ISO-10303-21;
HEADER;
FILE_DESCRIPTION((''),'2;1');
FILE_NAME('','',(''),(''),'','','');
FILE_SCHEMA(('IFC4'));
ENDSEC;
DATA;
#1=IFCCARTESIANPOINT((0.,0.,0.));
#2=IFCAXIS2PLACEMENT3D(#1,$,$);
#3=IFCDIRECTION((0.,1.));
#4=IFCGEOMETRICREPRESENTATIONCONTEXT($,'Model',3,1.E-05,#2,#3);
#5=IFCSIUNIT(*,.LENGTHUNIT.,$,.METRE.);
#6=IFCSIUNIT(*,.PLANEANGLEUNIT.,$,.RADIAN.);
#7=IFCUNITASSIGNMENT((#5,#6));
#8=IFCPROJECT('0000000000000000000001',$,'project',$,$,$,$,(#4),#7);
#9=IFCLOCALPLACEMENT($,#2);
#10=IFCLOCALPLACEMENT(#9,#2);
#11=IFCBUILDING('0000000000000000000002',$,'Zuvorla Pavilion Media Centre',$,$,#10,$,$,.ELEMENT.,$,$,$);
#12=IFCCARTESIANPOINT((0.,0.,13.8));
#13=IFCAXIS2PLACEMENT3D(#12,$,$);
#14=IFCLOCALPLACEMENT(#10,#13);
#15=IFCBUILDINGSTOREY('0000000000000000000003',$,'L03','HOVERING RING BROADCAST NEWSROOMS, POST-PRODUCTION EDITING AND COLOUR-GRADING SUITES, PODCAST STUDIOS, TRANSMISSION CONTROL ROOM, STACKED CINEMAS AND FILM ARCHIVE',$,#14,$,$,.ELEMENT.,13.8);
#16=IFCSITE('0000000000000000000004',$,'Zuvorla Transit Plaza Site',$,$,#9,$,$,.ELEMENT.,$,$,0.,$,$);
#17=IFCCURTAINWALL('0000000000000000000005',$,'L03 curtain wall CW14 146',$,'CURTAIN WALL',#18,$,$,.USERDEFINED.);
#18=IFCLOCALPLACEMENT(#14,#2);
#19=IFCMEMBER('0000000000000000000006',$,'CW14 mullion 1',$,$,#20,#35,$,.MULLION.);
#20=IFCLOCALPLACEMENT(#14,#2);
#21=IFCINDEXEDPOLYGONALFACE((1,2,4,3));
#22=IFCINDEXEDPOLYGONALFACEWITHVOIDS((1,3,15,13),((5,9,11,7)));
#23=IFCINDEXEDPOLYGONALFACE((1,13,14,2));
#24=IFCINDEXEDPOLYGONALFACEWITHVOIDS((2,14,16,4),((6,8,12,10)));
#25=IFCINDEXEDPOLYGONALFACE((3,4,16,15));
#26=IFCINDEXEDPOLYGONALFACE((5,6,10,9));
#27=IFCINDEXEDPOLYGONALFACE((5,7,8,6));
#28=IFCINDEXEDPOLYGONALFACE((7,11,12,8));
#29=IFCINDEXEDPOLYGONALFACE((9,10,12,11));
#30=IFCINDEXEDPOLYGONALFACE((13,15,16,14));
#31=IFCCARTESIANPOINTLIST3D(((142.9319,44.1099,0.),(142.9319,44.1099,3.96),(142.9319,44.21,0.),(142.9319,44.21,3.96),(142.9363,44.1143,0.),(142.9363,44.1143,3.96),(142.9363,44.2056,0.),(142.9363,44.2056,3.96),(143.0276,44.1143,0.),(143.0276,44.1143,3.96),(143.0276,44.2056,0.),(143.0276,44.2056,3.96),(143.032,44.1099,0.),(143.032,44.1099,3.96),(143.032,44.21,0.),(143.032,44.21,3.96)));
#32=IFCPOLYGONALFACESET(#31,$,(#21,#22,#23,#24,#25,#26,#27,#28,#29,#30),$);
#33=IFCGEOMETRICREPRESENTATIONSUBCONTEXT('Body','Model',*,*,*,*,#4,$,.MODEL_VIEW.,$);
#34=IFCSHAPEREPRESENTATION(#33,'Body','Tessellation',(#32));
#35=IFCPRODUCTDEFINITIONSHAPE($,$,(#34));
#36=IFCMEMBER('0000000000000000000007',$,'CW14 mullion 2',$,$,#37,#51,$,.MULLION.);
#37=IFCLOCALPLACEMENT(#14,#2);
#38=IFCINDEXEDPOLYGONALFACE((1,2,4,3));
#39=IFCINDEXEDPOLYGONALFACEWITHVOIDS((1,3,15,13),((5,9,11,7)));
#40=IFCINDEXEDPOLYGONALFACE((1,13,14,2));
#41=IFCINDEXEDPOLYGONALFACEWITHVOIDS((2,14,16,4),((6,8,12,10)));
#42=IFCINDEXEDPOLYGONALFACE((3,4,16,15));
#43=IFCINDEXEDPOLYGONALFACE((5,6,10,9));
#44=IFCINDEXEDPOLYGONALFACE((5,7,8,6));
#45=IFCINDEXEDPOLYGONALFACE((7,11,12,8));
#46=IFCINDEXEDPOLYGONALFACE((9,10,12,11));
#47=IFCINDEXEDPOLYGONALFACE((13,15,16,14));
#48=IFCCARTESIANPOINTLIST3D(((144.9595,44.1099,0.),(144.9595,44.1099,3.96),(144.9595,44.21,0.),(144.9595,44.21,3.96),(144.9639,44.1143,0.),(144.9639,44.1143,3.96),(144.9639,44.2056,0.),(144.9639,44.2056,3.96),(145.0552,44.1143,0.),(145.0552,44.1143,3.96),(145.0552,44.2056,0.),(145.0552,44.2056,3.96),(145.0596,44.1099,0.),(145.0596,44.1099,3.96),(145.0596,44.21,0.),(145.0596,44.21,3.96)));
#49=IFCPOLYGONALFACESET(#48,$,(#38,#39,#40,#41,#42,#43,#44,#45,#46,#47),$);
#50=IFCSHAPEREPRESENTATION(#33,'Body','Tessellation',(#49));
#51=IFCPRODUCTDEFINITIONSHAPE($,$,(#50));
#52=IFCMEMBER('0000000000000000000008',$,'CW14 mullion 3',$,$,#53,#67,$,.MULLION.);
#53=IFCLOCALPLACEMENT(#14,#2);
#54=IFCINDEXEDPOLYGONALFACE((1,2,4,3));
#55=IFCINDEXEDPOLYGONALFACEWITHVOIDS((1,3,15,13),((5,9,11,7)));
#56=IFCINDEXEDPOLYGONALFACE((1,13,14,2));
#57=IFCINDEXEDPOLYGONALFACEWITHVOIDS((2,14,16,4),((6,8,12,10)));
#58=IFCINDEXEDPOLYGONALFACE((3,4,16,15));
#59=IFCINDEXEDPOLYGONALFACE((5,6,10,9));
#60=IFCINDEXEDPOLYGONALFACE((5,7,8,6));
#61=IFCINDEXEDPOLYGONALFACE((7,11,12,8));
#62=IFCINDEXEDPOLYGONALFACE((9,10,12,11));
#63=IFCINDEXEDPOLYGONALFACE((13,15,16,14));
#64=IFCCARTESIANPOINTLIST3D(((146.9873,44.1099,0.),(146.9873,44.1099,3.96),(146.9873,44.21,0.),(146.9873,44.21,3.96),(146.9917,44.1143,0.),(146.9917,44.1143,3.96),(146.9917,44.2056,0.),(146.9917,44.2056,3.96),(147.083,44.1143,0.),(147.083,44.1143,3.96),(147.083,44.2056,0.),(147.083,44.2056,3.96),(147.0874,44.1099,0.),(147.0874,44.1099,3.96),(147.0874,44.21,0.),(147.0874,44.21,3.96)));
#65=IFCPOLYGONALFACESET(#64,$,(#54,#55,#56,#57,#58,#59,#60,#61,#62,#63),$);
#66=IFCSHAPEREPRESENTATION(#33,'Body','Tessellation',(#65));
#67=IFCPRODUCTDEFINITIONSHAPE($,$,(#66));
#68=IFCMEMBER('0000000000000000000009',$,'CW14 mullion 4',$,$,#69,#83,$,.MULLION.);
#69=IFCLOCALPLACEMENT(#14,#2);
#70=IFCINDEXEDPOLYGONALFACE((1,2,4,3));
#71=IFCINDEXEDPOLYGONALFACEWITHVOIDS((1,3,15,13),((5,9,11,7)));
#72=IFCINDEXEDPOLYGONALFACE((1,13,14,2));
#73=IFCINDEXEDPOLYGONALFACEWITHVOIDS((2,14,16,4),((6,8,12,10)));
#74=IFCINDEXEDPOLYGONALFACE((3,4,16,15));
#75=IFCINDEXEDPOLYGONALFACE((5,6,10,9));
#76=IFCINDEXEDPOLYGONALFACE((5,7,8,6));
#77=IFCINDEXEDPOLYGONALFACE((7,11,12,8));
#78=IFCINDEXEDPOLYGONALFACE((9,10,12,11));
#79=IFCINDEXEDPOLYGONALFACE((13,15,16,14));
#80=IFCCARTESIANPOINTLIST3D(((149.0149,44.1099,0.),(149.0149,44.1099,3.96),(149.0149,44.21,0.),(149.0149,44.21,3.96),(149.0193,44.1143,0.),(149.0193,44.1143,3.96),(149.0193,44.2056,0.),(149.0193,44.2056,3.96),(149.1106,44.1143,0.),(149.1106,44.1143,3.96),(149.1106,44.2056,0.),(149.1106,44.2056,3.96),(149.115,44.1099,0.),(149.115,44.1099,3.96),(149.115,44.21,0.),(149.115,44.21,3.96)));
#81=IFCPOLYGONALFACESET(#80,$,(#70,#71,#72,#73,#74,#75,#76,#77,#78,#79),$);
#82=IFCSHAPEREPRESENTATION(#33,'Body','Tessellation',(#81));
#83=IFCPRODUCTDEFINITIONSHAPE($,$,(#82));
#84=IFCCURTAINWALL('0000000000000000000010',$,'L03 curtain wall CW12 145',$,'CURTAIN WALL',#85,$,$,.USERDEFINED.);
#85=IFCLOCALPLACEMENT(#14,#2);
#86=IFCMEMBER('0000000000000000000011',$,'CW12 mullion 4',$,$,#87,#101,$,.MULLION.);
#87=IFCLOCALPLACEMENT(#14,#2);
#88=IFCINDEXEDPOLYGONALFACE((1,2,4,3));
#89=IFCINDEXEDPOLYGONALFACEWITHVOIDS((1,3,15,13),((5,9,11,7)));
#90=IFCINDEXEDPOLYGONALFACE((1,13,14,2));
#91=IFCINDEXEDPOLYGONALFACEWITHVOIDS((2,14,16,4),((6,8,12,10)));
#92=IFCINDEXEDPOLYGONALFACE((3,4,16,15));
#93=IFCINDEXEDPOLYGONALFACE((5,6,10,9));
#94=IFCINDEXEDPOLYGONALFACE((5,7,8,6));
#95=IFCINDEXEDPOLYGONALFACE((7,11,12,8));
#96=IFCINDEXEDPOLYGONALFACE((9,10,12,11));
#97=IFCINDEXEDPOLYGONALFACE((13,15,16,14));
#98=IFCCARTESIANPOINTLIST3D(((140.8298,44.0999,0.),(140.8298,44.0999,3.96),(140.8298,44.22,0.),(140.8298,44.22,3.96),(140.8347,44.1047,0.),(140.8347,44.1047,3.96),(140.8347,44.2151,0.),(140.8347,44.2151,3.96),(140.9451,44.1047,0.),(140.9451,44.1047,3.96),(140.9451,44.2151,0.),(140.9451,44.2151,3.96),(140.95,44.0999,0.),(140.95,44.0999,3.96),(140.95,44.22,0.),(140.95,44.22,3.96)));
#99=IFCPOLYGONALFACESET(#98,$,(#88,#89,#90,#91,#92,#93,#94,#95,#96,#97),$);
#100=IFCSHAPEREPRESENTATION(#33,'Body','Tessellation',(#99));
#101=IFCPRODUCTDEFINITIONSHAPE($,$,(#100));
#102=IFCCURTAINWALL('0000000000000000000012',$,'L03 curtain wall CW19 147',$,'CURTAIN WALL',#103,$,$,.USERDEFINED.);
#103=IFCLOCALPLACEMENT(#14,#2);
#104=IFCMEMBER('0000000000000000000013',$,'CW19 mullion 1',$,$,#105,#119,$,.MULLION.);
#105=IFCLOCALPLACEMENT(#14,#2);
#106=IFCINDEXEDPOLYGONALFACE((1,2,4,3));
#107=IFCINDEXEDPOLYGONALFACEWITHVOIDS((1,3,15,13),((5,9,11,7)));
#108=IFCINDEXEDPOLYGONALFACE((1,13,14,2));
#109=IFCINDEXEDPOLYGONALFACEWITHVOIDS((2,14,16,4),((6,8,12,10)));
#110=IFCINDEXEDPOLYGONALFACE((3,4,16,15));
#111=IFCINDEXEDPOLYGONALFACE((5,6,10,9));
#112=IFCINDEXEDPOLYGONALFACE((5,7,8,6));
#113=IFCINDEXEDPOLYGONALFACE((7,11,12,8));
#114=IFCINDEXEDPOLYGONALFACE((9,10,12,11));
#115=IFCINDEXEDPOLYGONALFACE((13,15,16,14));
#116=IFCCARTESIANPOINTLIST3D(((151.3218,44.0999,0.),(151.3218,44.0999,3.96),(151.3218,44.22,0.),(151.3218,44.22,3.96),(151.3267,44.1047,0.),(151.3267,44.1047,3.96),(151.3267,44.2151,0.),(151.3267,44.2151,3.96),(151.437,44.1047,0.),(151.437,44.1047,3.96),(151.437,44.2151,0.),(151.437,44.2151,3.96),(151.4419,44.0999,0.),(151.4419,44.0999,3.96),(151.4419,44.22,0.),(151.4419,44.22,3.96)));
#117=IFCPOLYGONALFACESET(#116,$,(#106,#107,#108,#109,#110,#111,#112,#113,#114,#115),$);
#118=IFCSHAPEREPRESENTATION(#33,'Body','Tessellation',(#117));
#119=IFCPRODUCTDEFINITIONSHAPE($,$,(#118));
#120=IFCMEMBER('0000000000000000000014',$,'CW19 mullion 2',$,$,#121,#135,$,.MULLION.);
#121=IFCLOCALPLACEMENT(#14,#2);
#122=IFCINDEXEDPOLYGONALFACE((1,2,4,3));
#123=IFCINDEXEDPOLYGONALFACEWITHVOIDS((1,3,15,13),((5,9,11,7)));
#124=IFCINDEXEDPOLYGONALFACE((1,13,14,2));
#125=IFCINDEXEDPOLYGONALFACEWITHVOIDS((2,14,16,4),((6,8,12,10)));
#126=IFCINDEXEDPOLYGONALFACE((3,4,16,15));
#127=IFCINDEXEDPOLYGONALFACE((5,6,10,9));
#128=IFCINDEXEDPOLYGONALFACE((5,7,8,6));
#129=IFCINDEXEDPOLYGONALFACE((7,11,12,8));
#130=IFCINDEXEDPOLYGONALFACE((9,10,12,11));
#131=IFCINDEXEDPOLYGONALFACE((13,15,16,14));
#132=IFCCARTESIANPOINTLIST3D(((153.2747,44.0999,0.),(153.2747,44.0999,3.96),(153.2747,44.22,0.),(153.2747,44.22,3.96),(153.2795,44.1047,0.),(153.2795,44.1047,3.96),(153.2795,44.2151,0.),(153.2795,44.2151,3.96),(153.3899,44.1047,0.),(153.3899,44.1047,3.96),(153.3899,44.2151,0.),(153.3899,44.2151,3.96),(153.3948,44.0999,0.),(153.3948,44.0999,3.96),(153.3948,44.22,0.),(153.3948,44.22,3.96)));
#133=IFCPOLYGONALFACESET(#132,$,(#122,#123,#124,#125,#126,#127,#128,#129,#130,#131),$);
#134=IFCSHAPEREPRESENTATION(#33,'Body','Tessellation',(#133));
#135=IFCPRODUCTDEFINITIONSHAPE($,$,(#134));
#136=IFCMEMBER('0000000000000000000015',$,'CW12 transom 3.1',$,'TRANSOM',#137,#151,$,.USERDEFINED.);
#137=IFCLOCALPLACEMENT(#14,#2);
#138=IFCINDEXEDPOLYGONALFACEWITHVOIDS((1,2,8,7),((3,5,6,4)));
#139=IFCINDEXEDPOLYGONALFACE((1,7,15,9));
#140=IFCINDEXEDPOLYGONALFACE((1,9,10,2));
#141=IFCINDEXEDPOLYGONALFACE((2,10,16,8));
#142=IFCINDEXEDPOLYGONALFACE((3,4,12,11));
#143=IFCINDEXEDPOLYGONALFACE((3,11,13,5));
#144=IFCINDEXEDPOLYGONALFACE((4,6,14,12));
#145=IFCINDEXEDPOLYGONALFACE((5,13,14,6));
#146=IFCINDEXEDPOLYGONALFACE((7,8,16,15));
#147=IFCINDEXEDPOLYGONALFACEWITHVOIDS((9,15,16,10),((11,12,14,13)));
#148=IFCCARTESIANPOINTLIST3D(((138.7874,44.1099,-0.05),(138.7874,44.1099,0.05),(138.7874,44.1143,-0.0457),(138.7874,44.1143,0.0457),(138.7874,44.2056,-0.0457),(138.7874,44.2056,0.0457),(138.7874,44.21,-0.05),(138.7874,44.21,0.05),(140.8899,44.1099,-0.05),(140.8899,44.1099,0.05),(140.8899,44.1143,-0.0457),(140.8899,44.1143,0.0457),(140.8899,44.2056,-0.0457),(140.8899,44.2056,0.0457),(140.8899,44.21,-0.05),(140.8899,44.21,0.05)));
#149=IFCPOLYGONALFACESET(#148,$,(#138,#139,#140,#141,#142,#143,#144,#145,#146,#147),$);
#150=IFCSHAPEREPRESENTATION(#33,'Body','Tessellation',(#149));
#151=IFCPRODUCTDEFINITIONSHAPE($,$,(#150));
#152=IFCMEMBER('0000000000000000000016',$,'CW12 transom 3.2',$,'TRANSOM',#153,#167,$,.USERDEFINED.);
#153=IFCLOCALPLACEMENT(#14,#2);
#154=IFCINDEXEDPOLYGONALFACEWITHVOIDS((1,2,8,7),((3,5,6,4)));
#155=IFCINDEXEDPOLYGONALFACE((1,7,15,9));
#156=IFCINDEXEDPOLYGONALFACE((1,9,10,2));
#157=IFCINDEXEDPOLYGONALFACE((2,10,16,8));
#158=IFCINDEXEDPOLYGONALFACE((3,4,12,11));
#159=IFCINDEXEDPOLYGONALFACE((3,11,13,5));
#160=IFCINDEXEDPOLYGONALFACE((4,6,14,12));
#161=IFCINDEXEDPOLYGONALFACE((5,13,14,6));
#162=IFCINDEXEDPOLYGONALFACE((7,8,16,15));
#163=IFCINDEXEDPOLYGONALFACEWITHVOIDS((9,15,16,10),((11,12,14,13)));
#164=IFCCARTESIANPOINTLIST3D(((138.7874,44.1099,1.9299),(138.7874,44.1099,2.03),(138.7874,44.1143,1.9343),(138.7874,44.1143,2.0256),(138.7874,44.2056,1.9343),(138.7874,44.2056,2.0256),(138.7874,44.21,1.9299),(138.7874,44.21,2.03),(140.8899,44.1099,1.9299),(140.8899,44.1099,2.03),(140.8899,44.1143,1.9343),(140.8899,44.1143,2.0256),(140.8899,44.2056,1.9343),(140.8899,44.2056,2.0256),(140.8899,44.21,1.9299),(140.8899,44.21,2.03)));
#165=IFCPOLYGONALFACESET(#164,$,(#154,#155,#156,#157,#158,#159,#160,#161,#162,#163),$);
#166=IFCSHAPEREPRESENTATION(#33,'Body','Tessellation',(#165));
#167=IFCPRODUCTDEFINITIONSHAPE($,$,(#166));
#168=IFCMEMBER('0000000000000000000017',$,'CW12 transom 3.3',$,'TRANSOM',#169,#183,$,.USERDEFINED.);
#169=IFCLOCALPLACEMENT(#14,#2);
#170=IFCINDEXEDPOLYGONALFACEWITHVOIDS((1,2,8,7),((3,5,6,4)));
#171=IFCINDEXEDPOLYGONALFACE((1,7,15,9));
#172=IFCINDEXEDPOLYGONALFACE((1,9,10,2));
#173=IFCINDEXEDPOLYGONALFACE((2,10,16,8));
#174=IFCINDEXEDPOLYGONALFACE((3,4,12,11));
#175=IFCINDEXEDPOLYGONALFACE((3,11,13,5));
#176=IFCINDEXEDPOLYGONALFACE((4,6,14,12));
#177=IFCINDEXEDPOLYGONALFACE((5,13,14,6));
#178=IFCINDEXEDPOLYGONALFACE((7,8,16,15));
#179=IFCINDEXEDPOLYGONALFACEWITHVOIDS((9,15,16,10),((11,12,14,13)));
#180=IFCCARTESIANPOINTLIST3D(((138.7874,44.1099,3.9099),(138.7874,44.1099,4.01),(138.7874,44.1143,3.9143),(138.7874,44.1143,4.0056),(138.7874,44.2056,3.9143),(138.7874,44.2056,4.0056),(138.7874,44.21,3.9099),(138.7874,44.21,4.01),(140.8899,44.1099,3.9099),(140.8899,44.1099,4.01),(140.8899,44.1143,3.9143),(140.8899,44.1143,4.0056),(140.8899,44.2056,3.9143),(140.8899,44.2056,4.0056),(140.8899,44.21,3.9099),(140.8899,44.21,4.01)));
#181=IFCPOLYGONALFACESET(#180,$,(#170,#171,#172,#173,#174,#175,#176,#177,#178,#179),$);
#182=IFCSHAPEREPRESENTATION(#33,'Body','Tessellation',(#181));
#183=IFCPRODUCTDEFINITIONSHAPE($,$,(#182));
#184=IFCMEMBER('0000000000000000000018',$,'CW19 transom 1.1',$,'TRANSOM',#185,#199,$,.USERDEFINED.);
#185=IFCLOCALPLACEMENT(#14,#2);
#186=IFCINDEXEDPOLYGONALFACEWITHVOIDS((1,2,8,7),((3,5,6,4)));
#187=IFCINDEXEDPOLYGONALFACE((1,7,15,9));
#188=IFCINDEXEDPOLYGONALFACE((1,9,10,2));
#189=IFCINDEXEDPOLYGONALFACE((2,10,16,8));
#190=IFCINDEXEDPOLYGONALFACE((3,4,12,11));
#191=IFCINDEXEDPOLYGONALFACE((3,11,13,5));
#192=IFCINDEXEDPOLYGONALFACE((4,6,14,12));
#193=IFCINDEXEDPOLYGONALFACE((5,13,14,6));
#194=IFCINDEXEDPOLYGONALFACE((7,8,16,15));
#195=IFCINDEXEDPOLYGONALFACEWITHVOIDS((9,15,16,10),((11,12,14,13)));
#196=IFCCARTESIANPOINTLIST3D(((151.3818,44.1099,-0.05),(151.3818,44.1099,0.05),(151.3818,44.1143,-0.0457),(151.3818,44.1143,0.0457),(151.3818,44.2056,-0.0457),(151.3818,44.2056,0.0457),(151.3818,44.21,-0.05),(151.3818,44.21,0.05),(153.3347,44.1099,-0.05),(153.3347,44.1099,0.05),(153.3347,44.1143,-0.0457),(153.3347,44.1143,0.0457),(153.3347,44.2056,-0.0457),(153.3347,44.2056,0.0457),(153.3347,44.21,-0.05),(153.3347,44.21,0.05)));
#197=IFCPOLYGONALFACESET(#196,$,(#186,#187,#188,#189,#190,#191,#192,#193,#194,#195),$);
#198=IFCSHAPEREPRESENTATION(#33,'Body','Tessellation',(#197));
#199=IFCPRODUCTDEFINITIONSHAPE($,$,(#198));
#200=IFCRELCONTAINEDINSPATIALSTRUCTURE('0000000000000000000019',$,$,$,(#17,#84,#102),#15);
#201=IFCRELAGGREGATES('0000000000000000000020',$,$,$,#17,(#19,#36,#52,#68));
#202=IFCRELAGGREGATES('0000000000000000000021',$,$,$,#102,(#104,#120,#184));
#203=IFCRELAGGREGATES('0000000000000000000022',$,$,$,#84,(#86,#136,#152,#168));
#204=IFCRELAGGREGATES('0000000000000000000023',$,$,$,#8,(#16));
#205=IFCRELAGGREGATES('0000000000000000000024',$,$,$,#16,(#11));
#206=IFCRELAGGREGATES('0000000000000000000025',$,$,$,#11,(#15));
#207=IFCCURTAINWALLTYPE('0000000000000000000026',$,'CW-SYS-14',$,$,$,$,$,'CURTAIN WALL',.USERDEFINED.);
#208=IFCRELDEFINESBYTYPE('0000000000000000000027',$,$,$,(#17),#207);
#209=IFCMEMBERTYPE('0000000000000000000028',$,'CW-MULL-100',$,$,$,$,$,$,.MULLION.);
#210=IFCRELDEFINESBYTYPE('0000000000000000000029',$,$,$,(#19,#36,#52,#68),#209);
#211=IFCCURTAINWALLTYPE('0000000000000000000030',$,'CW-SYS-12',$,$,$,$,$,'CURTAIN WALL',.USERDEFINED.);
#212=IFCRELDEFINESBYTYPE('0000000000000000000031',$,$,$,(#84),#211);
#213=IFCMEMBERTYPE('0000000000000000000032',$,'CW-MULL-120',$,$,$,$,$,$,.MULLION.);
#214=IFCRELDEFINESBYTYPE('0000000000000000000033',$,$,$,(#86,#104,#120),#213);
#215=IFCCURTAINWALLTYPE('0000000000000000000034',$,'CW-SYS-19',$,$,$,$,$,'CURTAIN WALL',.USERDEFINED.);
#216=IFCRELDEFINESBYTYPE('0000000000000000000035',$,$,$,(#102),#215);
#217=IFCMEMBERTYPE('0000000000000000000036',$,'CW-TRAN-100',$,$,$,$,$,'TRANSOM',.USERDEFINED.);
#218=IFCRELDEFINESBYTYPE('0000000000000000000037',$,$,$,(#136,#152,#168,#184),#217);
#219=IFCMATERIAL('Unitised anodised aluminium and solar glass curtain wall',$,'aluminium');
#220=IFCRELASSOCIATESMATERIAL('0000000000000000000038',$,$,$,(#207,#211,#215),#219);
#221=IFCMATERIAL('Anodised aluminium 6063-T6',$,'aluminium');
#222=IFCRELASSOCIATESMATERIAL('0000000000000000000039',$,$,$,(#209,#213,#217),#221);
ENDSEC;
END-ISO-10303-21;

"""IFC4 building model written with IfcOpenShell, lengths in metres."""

from ifc_helpers import new_model, si_unit, direction, frame, origin, origin_2d, place, context, subcontext, project, spatial, hollow_rectangle, extrude, material, material_profile, profile_set, type_object, element, aggregate, save


model = new_model("IFC4")

# Units and contexts
model_context = context("Model", 3, precision=1e-05, world=origin(), true_north=direction((0.0, 1.0)))
body_context = subcontext(model_context, "Body", "Model", "MODEL_VIEW")
ifc_project = project(units=[si_unit("LENGTHUNIT", "METRE"), si_unit("PLANEANGLEUNIT", "RADIAN")], contexts=[model_context])

# Site, building, storey
site_placement = place(None, origin())
site = spatial("IfcSite", under=ifc_project, at=site_placement, Name="Zuvorla Transit Plaza Site", CompositionType="ELEMENT", RefElevation=0.0)
building_placement = place(site_placement, origin())
building = spatial("IfcBuilding", under=site, at=building_placement, Name="Zuvorla Pavilion Media Centre", CompositionType="ELEMENT")
storey_placement = place(building_placement, frame((0.0, 0.0, 13.8)))
storey = spatial("IfcBuildingStorey", under=building, at=storey_placement, Name="L03", Description="HOVERING RING BROADCAST NEWSROOMS, POST-PRODUCTION EDITING AND COLOUR-GRADING SUITES, PODCAST STUDIOS, TRANSMISSION CONTROL ROOM, STACKED CINEMAS AND FILM ARCHIVE", CompositionType="ELEMENT", Elevation=13.8)

# Curtain wall, members
ifc_material_1 = material(Name="Unitised anodised aluminium and solar glass curtain wall", Category="aluminium")
curtain_wall_type_1 = type_object("IfcCurtainWallType", Name="CW-SYS-14", ElementType="CURTAIN WALL", PredefinedType="USERDEFINED", material=ifc_material_1)
curtain_wall_1_placement = place(storey_placement, origin())
curtain_wall_1 = element("IfcCurtainWall", 1, at=curtain_wall_1_placement, inside=storey, type_object=curtain_wall_type_1, Name="L03 curtain wall CW14 146", ObjectType="CURTAIN WALL", PredefinedType="USERDEFINED")
ifc_material_2 = material(Name="Anodised aluminium 6063-T6", Category="aluminium")
ifc_material_profile_1 = material_profile(ifc_material_2, hollow_rectangle(XDim=0.1001, YDim=0.1001, WallThickness=0.0044, at=origin_2d()), Name="ALU MULL 100x100")
ifc_profile_set_1 = profile_set([ifc_material_profile_1], Name="Anodised aluminium 6063-T6")
member_type_1 = type_object("IfcMemberType", Name="CW-MULL-100", PredefinedType="MULLION", material=ifc_profile_set_1)
member_1_placement = place(storey_placement, frame((142.9819, 44.1599, 0.0), z_axis=(0.0, 0.0, 1.0), x_axis=(1.0, 0.0, 0.0)))
member_1 = element("IfcMember", 2, at=member_1_placement, type_object=member_type_1, Name="CW14 mullion 1", PredefinedType="MULLION", context=body_context, shape_type="SweptSolid", body=[
    extrude(hollow_rectangle(XDim=0.1001, YDim=0.1001, WallThickness=0.0044, at=origin_2d()), origin(), (0.0, 0.0, 1.0), 3.96),
])
member_2_placement = place(storey_placement, frame((145.0095, 44.1599, 0.0), z_axis=(0.0, 0.0, 1.0), x_axis=(1.0, 0.0, 0.0)))
member_2 = element("IfcMember", 3, at=member_2_placement, type_object=member_type_1, Name="CW14 mullion 2", PredefinedType="MULLION", context=body_context, shape_type="SweptSolid", body=[
    extrude(hollow_rectangle(XDim=0.1001, YDim=0.1001, WallThickness=0.0044, at=origin_2d()), origin(), (0.0, 0.0, 1.0), 3.96),
])
member_3_placement = place(storey_placement, frame((147.0374, 44.1599, 0.0), z_axis=(0.0, 0.0, 1.0), x_axis=(1.0, 0.0, 0.0)))
member_3 = element("IfcMember", 4, at=member_3_placement, type_object=member_type_1, Name="CW14 mullion 3", PredefinedType="MULLION", context=body_context, shape_type="SweptSolid", body=[
    extrude(hollow_rectangle(XDim=0.1001, YDim=0.1001, WallThickness=0.0044, at=origin_2d()), origin(), (0.0, 0.0, 1.0), 3.96),
])
member_4_placement = place(storey_placement, frame((149.0649, 44.1599, 0.0), z_axis=(0.0, 0.0, 1.0), x_axis=(1.0, 0.0, 0.0)))
member_4 = element("IfcMember", 5, at=member_4_placement, type_object=member_type_1, Name="CW14 mullion 4", PredefinedType="MULLION", context=body_context, shape_type="SweptSolid", body=[
    extrude(hollow_rectangle(XDim=0.1001, YDim=0.1001, WallThickness=0.0044, at=origin_2d()), origin(), (0.0, 0.0, 1.0), 3.96),
])

# Curtain wall, member
curtain_wall_type_2 = type_object("IfcCurtainWallType", Name="CW-SYS-12", ElementType="CURTAIN WALL", PredefinedType="USERDEFINED", material=ifc_material_1)
curtain_wall_2_placement = place(storey_placement, origin())
curtain_wall_2 = element("IfcCurtainWall", 6, at=curtain_wall_2_placement, inside=storey, type_object=curtain_wall_type_2, Name="L03 curtain wall CW12 145", ObjectType="CURTAIN WALL", PredefinedType="USERDEFINED")
ifc_material_profile_2 = material_profile(ifc_material_2, hollow_rectangle(XDim=0.1201, YDim=0.1201, WallThickness=0.0049, at=origin_2d()), Name="ALU MULL 120x120")
ifc_profile_set_2 = profile_set([ifc_material_profile_2], Name="Anodised aluminium 6063-T6")
member_type_2 = type_object("IfcMemberType", Name="CW-MULL-120", PredefinedType="MULLION", material=ifc_profile_set_2)
member_5_placement = place(storey_placement, frame((140.8899, 44.1599, 0.0), z_axis=(0.0, 0.0, 1.0), x_axis=(1.0, 0.0, 0.0)))
member_5 = element("IfcMember", 7, at=member_5_placement, type_object=member_type_2, Name="CW12 mullion 4", PredefinedType="MULLION", context=body_context, shape_type="SweptSolid", body=[
    extrude(hollow_rectangle(XDim=0.1201, YDim=0.1201, WallThickness=0.0049, at=origin_2d()), origin(), (0.0, 0.0, 1.0), 3.96),
])

# Curtain wall, members
curtain_wall_type_3 = type_object("IfcCurtainWallType", Name="CW-SYS-19", ElementType="CURTAIN WALL", PredefinedType="USERDEFINED", material=ifc_material_1)
curtain_wall_3_placement = place(storey_placement, origin())
curtain_wall_3 = element("IfcCurtainWall", 8, at=curtain_wall_3_placement, inside=storey, type_object=curtain_wall_type_3, Name="L03 curtain wall CW19 147", ObjectType="CURTAIN WALL", PredefinedType="USERDEFINED")
member_6_placement = place(storey_placement, frame((151.3818, 44.1599, 0.0), z_axis=(0.0, 0.0, 1.0), x_axis=(1.0, 0.0, 0.0)))
member_6 = element("IfcMember", 9, at=member_6_placement, type_object=member_type_2, Name="CW19 mullion 1", PredefinedType="MULLION", context=body_context, shape_type="SweptSolid", body=[
    extrude(hollow_rectangle(XDim=0.1201, YDim=0.1201, WallThickness=0.0049, at=origin_2d()), origin(), (0.0, 0.0, 1.0), 3.96),
])
member_7_placement = place(storey_placement, frame((153.3347, 44.1599, 0.0), z_axis=(0.0, 0.0, 1.0), x_axis=(1.0, 0.0, 0.0)))
member_7 = element("IfcMember", 10, at=member_7_placement, type_object=member_type_2, Name="CW19 mullion 2", PredefinedType="MULLION", context=body_context, shape_type="SweptSolid", body=[
    extrude(hollow_rectangle(XDim=0.1201, YDim=0.1201, WallThickness=0.0049, at=origin_2d()), origin(), (0.0, 0.0, 1.0), 3.96),
])

# Members
ifc_material_profile_3 = material_profile(ifc_material_2, hollow_rectangle(XDim=0.1001, YDim=0.1001, WallThickness=0.0044, at=origin_2d()), Name="ALU TRAN 100x100")
ifc_profile_set_3 = profile_set([ifc_material_profile_3], Name="Anodised aluminium 6063-T6")
member_type_3 = type_object("IfcMemberType", Name="CW-TRAN-100", ElementType="TRANSOM", PredefinedType="USERDEFINED", material=ifc_profile_set_3)
member_8_placement = place(storey_placement, frame((138.7874, 44.1599, 0.0), z_axis=(1.0, 0.0, 0.0), x_axis=(0.0, 1.0, 0.0)))
member_8 = element("IfcMember", 11, at=member_8_placement, type_object=member_type_3, Name="CW12 transom 3.1", ObjectType="TRANSOM", PredefinedType="USERDEFINED", context=body_context, shape_type="SweptSolid", body=[
    extrude(hollow_rectangle(XDim=0.1001, YDim=0.1001, WallThickness=0.0044, at=origin_2d()), origin(), (0.0, 0.0, 1.0), 2.1025),
])
member_9_placement = place(storey_placement, frame((138.7874, 44.1599, 1.98), z_axis=(1.0, 0.0, 0.0), x_axis=(0.0, 1.0, 0.0)))
member_9 = element("IfcMember", 12, at=member_9_placement, type_object=member_type_3, Name="CW12 transom 3.2", ObjectType="TRANSOM", PredefinedType="USERDEFINED", context=body_context, shape_type="SweptSolid", body=[
    extrude(hollow_rectangle(XDim=0.1001, YDim=0.1001, WallThickness=0.0044, at=origin_2d()), origin(), (0.0, 0.0, 1.0), 2.1025),
])
member_10_placement = place(storey_placement, frame((138.7874, 44.1599, 3.96), z_axis=(1.0, 0.0, 0.0), x_axis=(0.0, 1.0, 0.0)))
member_10 = element("IfcMember", 13, at=member_10_placement, type_object=member_type_3, Name="CW12 transom 3.3", ObjectType="TRANSOM", PredefinedType="USERDEFINED", context=body_context, shape_type="SweptSolid", body=[
    extrude(hollow_rectangle(XDim=0.1001, YDim=0.1001, WallThickness=0.0044, at=origin_2d()), origin(), (0.0, 0.0, 1.0), 2.1025),
])
member_11_placement = place(storey_placement, frame((151.3818, 44.1599, 0.0), z_axis=(1.0, 0.0, 0.0), x_axis=(0.0, 1.0, 0.0)))
member_11 = element("IfcMember", 14, at=member_11_placement, type_object=member_type_3, Name="CW19 transom 1.1", ObjectType="TRANSOM", PredefinedType="USERDEFINED", context=body_context, shape_type="SweptSolid", body=[
    extrude(hollow_rectangle(XDim=0.1001, YDim=0.1001, WallThickness=0.0044, at=origin_2d()), origin(), (0.0, 0.0, 1.0), 1.9529),
])

aggregate(curtain_wall_1, [member_1, member_2, member_3, member_4])
aggregate(curtain_wall_3, [member_6, member_7, member_11])
aggregate(curtain_wall_2, [member_5, member_8, member_9, member_10])

save(model, "model.ifc")
